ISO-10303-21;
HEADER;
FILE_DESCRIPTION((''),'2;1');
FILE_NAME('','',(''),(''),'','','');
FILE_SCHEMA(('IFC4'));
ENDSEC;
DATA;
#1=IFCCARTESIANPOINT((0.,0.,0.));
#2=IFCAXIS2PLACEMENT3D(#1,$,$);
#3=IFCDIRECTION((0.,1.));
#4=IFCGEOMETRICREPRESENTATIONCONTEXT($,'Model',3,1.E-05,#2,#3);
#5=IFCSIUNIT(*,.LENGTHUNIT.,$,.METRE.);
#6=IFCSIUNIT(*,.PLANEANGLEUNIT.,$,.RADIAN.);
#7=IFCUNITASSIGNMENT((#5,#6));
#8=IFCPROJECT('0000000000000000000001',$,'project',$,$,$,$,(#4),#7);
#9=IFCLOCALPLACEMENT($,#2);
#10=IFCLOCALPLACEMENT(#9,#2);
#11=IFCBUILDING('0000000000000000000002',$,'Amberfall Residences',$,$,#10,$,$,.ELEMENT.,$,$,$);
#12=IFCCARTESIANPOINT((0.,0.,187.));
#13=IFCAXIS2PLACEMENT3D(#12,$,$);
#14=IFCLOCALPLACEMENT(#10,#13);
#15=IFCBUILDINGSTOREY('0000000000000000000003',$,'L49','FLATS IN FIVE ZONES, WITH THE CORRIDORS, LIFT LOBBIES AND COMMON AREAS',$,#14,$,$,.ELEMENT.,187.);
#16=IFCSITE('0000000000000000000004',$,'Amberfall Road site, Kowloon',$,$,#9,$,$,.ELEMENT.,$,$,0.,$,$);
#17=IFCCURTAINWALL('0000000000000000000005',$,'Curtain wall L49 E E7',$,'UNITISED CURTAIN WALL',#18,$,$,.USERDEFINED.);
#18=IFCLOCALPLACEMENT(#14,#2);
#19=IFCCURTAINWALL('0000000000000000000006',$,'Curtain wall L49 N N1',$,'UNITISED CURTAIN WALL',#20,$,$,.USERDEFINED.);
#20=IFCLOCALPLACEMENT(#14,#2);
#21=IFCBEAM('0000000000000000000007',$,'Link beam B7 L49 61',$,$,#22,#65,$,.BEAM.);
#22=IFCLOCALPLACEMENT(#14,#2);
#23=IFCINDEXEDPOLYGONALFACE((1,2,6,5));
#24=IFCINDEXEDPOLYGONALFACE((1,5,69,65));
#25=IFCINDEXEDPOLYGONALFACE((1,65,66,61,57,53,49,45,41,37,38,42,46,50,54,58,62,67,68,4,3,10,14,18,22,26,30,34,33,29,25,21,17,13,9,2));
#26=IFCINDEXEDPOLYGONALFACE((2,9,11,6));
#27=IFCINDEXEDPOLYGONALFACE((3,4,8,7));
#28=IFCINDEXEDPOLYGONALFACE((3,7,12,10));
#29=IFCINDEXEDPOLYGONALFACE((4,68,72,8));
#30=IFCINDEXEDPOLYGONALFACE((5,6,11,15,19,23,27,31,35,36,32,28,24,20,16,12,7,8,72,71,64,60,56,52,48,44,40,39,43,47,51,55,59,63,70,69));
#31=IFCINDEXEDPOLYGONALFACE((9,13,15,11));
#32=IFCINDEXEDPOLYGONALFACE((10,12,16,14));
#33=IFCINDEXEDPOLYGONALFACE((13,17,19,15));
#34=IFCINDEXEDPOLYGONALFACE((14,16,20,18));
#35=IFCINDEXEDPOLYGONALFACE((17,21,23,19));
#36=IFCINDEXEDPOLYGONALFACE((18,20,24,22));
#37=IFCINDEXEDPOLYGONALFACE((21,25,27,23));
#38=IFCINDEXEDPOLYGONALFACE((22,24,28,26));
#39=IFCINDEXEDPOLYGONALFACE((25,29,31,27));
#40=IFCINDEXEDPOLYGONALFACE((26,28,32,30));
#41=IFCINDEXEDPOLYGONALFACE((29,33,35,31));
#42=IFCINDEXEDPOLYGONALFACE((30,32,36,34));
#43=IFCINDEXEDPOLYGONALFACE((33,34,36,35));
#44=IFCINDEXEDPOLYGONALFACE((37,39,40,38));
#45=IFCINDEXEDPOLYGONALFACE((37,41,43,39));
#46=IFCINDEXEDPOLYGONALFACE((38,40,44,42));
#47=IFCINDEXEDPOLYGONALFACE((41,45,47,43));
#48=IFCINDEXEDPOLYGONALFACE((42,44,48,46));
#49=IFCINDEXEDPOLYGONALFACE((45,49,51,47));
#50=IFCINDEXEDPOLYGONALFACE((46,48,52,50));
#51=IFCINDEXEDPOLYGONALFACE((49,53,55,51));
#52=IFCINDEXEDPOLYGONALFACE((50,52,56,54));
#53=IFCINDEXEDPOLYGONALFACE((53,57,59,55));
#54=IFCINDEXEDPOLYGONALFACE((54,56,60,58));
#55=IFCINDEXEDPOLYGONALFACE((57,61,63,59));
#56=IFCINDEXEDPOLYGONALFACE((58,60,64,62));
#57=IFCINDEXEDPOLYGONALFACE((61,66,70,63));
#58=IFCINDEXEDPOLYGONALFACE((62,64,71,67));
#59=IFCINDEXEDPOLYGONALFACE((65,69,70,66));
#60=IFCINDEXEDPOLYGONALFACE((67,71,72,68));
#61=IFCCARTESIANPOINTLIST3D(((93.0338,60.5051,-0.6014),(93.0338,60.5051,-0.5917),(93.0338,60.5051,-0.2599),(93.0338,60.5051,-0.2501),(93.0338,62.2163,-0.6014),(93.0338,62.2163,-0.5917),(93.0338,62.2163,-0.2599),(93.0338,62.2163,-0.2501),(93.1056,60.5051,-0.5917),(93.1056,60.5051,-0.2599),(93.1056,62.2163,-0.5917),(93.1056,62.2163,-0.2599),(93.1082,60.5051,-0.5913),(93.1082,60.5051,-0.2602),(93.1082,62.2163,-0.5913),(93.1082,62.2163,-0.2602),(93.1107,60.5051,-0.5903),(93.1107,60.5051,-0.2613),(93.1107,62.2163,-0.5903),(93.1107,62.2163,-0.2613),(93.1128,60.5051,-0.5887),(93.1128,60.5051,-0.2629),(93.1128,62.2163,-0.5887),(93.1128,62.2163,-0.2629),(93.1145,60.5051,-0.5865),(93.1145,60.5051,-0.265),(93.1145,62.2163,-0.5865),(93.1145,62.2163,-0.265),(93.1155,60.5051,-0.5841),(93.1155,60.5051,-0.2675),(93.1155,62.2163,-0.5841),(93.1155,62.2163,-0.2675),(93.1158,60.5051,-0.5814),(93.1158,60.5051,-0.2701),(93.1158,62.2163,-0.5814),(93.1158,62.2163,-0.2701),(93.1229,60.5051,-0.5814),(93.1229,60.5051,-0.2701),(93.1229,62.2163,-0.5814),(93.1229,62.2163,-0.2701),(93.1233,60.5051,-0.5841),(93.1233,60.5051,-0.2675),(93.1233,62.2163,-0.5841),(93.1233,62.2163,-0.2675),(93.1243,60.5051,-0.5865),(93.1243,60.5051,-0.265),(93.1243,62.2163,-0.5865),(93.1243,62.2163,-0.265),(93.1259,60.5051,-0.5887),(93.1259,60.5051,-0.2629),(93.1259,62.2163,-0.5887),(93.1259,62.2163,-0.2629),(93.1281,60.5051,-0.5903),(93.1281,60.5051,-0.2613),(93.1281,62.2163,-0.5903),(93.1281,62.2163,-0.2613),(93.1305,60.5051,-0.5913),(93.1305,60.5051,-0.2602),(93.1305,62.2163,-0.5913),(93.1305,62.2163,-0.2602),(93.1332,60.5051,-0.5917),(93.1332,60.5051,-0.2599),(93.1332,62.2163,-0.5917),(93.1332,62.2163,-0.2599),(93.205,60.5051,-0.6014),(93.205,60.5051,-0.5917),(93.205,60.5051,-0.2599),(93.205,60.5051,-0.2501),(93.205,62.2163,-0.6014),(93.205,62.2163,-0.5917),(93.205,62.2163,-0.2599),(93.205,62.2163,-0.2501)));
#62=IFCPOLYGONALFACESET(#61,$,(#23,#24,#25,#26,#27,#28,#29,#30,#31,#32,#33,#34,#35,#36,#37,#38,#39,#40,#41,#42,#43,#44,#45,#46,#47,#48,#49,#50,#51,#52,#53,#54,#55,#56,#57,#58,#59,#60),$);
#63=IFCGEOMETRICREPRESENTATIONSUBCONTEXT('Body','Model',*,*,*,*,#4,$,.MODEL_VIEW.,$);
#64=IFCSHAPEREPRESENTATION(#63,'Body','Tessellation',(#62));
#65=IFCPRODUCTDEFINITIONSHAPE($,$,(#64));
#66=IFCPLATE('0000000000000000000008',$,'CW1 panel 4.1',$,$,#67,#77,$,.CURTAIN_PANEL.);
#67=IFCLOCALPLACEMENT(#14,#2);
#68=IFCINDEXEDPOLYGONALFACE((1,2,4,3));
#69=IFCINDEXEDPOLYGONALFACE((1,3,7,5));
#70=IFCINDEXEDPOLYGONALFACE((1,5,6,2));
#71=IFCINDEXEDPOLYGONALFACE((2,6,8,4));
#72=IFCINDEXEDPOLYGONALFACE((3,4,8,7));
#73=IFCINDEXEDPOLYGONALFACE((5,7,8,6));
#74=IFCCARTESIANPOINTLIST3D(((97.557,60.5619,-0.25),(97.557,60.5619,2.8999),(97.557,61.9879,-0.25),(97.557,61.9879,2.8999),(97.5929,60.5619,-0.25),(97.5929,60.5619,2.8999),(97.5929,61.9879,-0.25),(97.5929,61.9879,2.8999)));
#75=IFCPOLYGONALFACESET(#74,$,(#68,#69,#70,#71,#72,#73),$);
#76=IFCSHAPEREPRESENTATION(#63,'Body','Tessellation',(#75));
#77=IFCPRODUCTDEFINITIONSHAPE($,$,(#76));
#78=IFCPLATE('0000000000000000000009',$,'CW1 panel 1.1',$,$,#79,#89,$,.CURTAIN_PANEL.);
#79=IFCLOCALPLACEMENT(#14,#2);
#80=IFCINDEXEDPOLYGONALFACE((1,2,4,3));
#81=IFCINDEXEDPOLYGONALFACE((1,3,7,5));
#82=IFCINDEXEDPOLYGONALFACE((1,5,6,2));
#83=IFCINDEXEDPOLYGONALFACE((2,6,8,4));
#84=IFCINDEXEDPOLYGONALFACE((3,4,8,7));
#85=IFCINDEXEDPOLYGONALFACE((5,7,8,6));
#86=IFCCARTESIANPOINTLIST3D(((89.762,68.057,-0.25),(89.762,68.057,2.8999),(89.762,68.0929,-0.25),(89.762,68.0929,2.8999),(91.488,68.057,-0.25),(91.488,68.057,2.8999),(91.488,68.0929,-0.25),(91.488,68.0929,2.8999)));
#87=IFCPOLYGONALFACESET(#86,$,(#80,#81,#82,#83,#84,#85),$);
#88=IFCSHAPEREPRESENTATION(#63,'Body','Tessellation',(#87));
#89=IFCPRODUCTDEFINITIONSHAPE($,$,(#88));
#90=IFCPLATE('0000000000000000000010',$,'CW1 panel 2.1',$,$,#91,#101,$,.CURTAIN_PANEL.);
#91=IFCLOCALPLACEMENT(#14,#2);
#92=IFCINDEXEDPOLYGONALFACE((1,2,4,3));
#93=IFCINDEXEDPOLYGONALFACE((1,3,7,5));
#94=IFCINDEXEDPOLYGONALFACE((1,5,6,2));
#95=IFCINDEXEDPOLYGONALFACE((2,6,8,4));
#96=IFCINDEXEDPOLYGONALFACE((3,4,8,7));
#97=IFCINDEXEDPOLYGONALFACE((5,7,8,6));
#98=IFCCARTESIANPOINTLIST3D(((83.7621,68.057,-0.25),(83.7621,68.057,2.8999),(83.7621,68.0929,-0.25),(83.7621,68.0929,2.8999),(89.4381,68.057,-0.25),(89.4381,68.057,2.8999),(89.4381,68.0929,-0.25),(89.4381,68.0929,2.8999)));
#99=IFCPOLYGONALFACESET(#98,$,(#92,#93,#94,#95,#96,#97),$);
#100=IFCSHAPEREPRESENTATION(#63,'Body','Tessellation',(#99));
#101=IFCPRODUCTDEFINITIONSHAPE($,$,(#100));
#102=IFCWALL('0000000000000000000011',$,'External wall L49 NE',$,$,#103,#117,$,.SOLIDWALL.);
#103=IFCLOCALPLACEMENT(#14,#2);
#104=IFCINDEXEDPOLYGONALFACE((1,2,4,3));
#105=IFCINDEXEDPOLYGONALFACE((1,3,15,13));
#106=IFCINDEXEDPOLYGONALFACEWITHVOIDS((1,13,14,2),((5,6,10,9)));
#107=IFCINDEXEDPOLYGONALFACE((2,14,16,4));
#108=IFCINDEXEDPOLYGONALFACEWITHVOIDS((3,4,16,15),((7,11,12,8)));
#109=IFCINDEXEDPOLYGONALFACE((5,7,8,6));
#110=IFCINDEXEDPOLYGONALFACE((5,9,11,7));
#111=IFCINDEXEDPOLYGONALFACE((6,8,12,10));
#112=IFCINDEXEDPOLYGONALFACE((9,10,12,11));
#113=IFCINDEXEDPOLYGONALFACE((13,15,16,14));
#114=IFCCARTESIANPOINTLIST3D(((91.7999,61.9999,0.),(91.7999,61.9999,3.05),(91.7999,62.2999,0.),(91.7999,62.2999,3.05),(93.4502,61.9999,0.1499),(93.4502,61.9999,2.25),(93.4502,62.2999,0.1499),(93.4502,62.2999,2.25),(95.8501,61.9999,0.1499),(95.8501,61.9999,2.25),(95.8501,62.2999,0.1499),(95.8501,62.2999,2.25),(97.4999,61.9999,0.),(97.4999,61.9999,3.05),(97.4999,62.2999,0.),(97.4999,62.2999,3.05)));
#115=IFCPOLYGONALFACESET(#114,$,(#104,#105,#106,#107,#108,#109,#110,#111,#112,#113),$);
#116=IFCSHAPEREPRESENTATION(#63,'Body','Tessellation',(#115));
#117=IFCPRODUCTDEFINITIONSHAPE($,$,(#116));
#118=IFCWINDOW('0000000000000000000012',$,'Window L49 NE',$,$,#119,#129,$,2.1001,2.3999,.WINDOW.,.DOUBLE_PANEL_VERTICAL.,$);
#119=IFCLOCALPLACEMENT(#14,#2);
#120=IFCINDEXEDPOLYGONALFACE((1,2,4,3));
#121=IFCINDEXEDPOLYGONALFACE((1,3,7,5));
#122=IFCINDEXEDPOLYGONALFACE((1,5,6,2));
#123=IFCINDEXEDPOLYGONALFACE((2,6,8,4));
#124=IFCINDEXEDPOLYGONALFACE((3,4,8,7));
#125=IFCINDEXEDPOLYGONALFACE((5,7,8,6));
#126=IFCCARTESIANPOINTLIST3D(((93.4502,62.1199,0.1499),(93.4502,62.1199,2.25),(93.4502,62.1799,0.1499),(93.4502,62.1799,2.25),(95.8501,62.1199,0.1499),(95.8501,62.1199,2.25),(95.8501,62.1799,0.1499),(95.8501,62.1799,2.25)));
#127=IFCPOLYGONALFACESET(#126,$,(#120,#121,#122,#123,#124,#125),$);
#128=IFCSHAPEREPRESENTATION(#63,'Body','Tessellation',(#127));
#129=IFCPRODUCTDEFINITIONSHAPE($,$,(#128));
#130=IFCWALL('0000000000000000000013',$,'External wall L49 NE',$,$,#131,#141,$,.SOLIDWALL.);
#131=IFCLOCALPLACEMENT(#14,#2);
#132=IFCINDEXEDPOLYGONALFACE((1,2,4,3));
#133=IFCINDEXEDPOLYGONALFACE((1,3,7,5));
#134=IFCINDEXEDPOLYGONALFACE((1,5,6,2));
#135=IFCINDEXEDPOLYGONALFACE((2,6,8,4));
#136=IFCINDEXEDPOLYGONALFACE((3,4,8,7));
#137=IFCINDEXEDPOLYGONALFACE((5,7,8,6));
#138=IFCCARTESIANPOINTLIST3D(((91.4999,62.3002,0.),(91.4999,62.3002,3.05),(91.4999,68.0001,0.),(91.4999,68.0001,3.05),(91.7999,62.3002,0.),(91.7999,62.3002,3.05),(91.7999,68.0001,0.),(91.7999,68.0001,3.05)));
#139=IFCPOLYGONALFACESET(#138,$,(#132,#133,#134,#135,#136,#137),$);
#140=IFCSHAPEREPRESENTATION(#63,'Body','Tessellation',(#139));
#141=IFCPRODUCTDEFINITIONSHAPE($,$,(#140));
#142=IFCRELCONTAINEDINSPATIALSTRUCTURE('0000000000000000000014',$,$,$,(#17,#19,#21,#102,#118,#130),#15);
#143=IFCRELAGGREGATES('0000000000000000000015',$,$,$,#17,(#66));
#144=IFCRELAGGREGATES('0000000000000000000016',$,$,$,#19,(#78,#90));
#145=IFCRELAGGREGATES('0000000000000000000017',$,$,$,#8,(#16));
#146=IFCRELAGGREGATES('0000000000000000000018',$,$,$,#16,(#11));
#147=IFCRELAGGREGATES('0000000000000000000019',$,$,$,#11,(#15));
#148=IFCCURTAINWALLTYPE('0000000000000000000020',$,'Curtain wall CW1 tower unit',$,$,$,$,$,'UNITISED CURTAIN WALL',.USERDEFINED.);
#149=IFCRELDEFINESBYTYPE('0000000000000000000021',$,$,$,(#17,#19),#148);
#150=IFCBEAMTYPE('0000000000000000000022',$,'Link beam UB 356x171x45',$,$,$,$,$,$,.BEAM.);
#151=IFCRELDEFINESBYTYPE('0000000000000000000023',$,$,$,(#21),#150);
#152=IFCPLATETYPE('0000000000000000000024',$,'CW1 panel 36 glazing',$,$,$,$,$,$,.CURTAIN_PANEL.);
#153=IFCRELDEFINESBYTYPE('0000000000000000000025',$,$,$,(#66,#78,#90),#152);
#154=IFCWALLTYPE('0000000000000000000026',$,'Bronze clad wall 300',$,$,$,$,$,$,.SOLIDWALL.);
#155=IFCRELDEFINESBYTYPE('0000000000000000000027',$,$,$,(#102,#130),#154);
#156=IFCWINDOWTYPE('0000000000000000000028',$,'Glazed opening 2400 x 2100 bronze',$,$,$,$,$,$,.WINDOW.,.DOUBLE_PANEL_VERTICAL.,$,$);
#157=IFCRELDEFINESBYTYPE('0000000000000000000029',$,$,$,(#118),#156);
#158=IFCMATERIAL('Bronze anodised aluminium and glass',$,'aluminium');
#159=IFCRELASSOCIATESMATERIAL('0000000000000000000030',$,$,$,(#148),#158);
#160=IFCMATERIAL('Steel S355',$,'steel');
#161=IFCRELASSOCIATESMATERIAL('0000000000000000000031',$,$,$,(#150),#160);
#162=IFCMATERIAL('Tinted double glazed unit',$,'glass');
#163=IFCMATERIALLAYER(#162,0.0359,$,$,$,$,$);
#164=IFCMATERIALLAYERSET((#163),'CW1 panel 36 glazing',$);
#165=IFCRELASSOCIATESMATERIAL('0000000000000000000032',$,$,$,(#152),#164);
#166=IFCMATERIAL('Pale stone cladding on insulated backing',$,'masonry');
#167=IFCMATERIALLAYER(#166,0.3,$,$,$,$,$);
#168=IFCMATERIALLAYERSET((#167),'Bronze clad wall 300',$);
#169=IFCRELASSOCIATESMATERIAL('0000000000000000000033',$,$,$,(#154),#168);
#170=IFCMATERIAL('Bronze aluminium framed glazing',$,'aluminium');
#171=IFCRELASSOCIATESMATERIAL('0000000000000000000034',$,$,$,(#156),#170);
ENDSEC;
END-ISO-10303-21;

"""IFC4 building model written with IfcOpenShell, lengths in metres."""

from ifc_helpers import new_model, si_unit, direction, frame, frame_2d, origin, origin_2d, place, context, subcontext, project, spatial, rectangle, i_section, extrude, material, layer, layer_set, material_profile, profile_set, type_object, element, fill, aggregate, save


model = new_model("IFC4")

# Units and contexts
model_context = context("Model", 3, precision=1e-05, world=origin(), true_north=direction((0.0, 1.0)))
body_context = subcontext(model_context, "Body", "Model", "MODEL_VIEW")
ifc_project = project(units=[si_unit("LENGTHUNIT", "METRE"), si_unit("PLANEANGLEUNIT", "RADIAN")], contexts=[model_context])

# Site, building, storey
site_placement = place(None, origin())
site = spatial("IfcSite", under=ifc_project, at=site_placement, Name="Amberfall Road site, Kowloon", CompositionType="ELEMENT", RefElevation=0.0)
building_placement = place(site_placement, origin())
building = spatial("IfcBuilding", under=site, at=building_placement, Name="Amberfall Residences", CompositionType="ELEMENT")
storey_placement = place(building_placement, frame((0.0, 0.0, 187.0)))
storey = spatial("IfcBuildingStorey", under=building, at=storey_placement, Name="L49", Description="FLATS IN FIVE ZONES, WITH THE CORRIDORS, LIFT LOBBIES AND COMMON AREAS", CompositionType="ELEMENT", Elevation=187.0)

# Shared definitions
ifc_material_1 = material(Name="Steel S355", Category="steel")

# Curtain wall
ifc_material_2 = material(Name="Bronze anodised aluminium and glass", Category="aluminium")
curtain_wall_type = type_object("IfcCurtainWallType", Name="Curtain wall CW1 tower unit", ElementType="UNITISED CURTAIN WALL", PredefinedType="USERDEFINED", material=ifc_material_2)
curtain_wall_1_placement = place(storey_placement, origin())
curtain_wall_1 = element("IfcCurtainWall", 1, at=curtain_wall_1_placement, inside=storey, type_object=curtain_wall_type, Name="Curtain wall L49 E E7", ObjectType="UNITISED CURTAIN WALL", PredefinedType="USERDEFINED")

# Curtain wall
curtain_wall_2_placement = place(storey_placement, origin())
curtain_wall_2 = element("IfcCurtainWall", 2, at=curtain_wall_2_placement, inside=storey, type_object=curtain_wall_type, Name="Curtain wall L49 N N1", ObjectType="UNITISED CURTAIN WALL", PredefinedType="USERDEFINED")

# Beam
ifc_material_profile_1 = material_profile(ifc_material_1, i_section(OverallWidth=0.1711, OverallDepth=0.3513, WebThickness=0.0071, FlangeThickness=0.0098, FilletRadius=0.0103, at=origin_2d()), Name="UB 356x171x45")
ifc_profile_set_1 = profile_set([ifc_material_profile_1], Name="Steel S355")
beam_type_1 = type_object("IfcBeamType", Name="Link beam UB 356x171x45", PredefinedType="BEAM", material=ifc_profile_set_1)
beam_1_placement = place(storey_placement, frame((93.1194, 62.2163, -0.4258), z_axis=(0.0, -1.0, 0.0), x_axis=(1.0, 0.0, 0.0)))
element("IfcBeam", 3, at=beam_1_placement, inside=storey, type_object=beam_type_1, Name="Link beam B7 L49 61", PredefinedType="BEAM", context=body_context, shape_type="SweptSolid", body=[
    extrude(i_section(OverallWidth=0.1711, OverallDepth=0.3513, WebThickness=0.0071, FlangeThickness=0.0098, FilletRadius=0.0103, at=origin_2d()), origin(), (0.0, 0.0, 1.0), 1.7112),
])

# Plates
ifc_material_3 = material(Name="Tinted double glazed unit", Category="glass")
ifc_layer_1 = layer(ifc_material_3, 0.0359)
ifc_layer_set_1 = layer_set([ifc_layer_1], Name="CW1 panel 36 glazing")
plate_type = type_object("IfcPlateType", Name="CW1 panel 36 glazing", PredefinedType="CURTAIN_PANEL", material=ifc_layer_set_1)
plate_1_placement = place(storey_placement, frame((97.575, 61.2749, -0.25), z_axis=(0.0, 0.0, 1.0), x_axis=(0.0, 1.0, 0.0)))
plate_1 = element("IfcPlate", 4, at=plate_1_placement, type_object=plate_type, Name="CW1 panel 4.1", PredefinedType="CURTAIN_PANEL", context=body_context, shape_type="SweptSolid", body=[
    extrude(rectangle(XDim=1.426, YDim=0.0359, at=origin_2d()), origin(), (0.0, 0.0, 1.0), 3.1499),
])
aggregate(curtain_wall_1, [plate_1])
plate_2_placement = place(storey_placement, frame((90.625, 68.075, -0.25), z_axis=(0.0, 0.0, 1.0), x_axis=(-1.0, 0.0, 0.0)))
plate_2 = element("IfcPlate", 5, at=plate_2_placement, type_object=plate_type, Name="CW1 panel 1.1", PredefinedType="CURTAIN_PANEL", context=body_context, shape_type="SweptSolid", body=[
    extrude(rectangle(XDim=1.7261, YDim=0.0359, at=origin_2d()), origin(), (0.0, 0.0, 1.0), 3.1499),
])
plate_3_placement = place(storey_placement, frame((86.6001, 68.075, -0.25), z_axis=(0.0, 0.0, 1.0), x_axis=(-1.0, 0.0, 0.0)))
plate_3 = element("IfcPlate", 6, at=plate_3_placement, type_object=plate_type, Name="CW1 panel 2.1", PredefinedType="CURTAIN_PANEL", context=body_context, shape_type="SweptSolid", body=[
    extrude(rectangle(XDim=5.676, YDim=0.0359, at=origin_2d()), origin(), (0.0, 0.0, 1.0), 3.1499),
])
aggregate(curtain_wall_2, [plate_2, plate_3])

# Wall, opening, window
ifc_material_4 = material(Name="Pale stone cladding on insulated backing", Category="masonry")
ifc_layer_2 = layer(ifc_material_4, 0.3)
ifc_layer_set_2 = layer_set([ifc_layer_2], Name="Bronze clad wall 300")
wall_type_1 = type_object("IfcWallType", Name="Bronze clad wall 300", PredefinedType="SOLIDWALL", material=ifc_layer_set_2)
wall_1_placement = place(storey_placement, frame((97.5, 62.1499, 0.0), z_axis=(0.0, 0.0, 1.0), x_axis=(-1.0, 0.0, 0.0)))
wall_1 = element("IfcWall", 7, at=wall_1_placement, inside=storey, type_object=wall_type_1, Name="External wall L49 NE", PredefinedType="SOLIDWALL", context=body_context, shape_type="SweptSolid", body=[
    extrude(rectangle(XDim=5.7, YDim=0.3, at=frame_2d((2.8501, 0.0))), origin(), (0.0, 0.0, 1.0), 3.05),
])
opening_1_placement = place(wall_1_placement, frame((1.6499, 0.0, 0.1499)))
opening_1 = element("IfcOpeningElement", 8, at=opening_1_placement, cuts=wall_1, PredefinedType="OPENING", context=body_context, shape_type="SweptSolid", body=[
    extrude(rectangle(XDim=2.3999, YDim=2.1001, at=frame_2d((1.2, 1.05))), frame((0.0, 0.1599, 0.0), z_axis=(0.0, -1.0, 0.0), x_axis=(1.0, 0.0, 0.0)), (0.0, 0.0, 1.0), 0.3201),
])
ifc_material_5 = material(Name="Bronze aluminium framed glazing", Category="aluminium")
window_type = type_object("IfcWindowType", Name="Glazed opening 2400 x 2100 bronze", PartitioningType="DOUBLE_PANEL_VERTICAL", PredefinedType="WINDOW", material=ifc_material_5)
window_placement = place(opening_1_placement, origin())
window = element("IfcWindow", 9, at=window_placement, inside=storey, type_object=window_type, Name="Window L49 NE", OverallHeight=2.1001, OverallWidth=2.3999, PartitioningType="DOUBLE_PANEL_VERTICAL", PredefinedType="WINDOW", context=body_context, shape_type="SweptSolid", body=[
    extrude(rectangle(XDim=2.3999, YDim=2.1001, at=frame_2d((1.2, 1.05))), frame((0.0, 0.03, 0.0), z_axis=(0.0, -1.0, 0.0), x_axis=(1.0, 0.0, 0.0)), (0.0, 0.0, 1.0), 0.0601),
])
fill(opening_1, window)

# Wall
wall_2_placement = place(storey_placement, frame((91.6499, 62.3, 0.0), z_axis=(0.0, 0.0, 1.0), x_axis=(0.0, 1.0, 0.0)))
element("IfcWall", 10, at=wall_2_placement, inside=storey, type_object=wall_type_1, Name="External wall L49 NE", PredefinedType="SOLIDWALL", context=body_context, shape_type="SweptSolid", body=[
    extrude(rectangle(XDim=5.7, YDim=0.3, at=frame_2d((2.8501, 0.0))), origin(), (0.0, 0.0, 1.0), 3.05),
])

save(model, "model.ifc")
